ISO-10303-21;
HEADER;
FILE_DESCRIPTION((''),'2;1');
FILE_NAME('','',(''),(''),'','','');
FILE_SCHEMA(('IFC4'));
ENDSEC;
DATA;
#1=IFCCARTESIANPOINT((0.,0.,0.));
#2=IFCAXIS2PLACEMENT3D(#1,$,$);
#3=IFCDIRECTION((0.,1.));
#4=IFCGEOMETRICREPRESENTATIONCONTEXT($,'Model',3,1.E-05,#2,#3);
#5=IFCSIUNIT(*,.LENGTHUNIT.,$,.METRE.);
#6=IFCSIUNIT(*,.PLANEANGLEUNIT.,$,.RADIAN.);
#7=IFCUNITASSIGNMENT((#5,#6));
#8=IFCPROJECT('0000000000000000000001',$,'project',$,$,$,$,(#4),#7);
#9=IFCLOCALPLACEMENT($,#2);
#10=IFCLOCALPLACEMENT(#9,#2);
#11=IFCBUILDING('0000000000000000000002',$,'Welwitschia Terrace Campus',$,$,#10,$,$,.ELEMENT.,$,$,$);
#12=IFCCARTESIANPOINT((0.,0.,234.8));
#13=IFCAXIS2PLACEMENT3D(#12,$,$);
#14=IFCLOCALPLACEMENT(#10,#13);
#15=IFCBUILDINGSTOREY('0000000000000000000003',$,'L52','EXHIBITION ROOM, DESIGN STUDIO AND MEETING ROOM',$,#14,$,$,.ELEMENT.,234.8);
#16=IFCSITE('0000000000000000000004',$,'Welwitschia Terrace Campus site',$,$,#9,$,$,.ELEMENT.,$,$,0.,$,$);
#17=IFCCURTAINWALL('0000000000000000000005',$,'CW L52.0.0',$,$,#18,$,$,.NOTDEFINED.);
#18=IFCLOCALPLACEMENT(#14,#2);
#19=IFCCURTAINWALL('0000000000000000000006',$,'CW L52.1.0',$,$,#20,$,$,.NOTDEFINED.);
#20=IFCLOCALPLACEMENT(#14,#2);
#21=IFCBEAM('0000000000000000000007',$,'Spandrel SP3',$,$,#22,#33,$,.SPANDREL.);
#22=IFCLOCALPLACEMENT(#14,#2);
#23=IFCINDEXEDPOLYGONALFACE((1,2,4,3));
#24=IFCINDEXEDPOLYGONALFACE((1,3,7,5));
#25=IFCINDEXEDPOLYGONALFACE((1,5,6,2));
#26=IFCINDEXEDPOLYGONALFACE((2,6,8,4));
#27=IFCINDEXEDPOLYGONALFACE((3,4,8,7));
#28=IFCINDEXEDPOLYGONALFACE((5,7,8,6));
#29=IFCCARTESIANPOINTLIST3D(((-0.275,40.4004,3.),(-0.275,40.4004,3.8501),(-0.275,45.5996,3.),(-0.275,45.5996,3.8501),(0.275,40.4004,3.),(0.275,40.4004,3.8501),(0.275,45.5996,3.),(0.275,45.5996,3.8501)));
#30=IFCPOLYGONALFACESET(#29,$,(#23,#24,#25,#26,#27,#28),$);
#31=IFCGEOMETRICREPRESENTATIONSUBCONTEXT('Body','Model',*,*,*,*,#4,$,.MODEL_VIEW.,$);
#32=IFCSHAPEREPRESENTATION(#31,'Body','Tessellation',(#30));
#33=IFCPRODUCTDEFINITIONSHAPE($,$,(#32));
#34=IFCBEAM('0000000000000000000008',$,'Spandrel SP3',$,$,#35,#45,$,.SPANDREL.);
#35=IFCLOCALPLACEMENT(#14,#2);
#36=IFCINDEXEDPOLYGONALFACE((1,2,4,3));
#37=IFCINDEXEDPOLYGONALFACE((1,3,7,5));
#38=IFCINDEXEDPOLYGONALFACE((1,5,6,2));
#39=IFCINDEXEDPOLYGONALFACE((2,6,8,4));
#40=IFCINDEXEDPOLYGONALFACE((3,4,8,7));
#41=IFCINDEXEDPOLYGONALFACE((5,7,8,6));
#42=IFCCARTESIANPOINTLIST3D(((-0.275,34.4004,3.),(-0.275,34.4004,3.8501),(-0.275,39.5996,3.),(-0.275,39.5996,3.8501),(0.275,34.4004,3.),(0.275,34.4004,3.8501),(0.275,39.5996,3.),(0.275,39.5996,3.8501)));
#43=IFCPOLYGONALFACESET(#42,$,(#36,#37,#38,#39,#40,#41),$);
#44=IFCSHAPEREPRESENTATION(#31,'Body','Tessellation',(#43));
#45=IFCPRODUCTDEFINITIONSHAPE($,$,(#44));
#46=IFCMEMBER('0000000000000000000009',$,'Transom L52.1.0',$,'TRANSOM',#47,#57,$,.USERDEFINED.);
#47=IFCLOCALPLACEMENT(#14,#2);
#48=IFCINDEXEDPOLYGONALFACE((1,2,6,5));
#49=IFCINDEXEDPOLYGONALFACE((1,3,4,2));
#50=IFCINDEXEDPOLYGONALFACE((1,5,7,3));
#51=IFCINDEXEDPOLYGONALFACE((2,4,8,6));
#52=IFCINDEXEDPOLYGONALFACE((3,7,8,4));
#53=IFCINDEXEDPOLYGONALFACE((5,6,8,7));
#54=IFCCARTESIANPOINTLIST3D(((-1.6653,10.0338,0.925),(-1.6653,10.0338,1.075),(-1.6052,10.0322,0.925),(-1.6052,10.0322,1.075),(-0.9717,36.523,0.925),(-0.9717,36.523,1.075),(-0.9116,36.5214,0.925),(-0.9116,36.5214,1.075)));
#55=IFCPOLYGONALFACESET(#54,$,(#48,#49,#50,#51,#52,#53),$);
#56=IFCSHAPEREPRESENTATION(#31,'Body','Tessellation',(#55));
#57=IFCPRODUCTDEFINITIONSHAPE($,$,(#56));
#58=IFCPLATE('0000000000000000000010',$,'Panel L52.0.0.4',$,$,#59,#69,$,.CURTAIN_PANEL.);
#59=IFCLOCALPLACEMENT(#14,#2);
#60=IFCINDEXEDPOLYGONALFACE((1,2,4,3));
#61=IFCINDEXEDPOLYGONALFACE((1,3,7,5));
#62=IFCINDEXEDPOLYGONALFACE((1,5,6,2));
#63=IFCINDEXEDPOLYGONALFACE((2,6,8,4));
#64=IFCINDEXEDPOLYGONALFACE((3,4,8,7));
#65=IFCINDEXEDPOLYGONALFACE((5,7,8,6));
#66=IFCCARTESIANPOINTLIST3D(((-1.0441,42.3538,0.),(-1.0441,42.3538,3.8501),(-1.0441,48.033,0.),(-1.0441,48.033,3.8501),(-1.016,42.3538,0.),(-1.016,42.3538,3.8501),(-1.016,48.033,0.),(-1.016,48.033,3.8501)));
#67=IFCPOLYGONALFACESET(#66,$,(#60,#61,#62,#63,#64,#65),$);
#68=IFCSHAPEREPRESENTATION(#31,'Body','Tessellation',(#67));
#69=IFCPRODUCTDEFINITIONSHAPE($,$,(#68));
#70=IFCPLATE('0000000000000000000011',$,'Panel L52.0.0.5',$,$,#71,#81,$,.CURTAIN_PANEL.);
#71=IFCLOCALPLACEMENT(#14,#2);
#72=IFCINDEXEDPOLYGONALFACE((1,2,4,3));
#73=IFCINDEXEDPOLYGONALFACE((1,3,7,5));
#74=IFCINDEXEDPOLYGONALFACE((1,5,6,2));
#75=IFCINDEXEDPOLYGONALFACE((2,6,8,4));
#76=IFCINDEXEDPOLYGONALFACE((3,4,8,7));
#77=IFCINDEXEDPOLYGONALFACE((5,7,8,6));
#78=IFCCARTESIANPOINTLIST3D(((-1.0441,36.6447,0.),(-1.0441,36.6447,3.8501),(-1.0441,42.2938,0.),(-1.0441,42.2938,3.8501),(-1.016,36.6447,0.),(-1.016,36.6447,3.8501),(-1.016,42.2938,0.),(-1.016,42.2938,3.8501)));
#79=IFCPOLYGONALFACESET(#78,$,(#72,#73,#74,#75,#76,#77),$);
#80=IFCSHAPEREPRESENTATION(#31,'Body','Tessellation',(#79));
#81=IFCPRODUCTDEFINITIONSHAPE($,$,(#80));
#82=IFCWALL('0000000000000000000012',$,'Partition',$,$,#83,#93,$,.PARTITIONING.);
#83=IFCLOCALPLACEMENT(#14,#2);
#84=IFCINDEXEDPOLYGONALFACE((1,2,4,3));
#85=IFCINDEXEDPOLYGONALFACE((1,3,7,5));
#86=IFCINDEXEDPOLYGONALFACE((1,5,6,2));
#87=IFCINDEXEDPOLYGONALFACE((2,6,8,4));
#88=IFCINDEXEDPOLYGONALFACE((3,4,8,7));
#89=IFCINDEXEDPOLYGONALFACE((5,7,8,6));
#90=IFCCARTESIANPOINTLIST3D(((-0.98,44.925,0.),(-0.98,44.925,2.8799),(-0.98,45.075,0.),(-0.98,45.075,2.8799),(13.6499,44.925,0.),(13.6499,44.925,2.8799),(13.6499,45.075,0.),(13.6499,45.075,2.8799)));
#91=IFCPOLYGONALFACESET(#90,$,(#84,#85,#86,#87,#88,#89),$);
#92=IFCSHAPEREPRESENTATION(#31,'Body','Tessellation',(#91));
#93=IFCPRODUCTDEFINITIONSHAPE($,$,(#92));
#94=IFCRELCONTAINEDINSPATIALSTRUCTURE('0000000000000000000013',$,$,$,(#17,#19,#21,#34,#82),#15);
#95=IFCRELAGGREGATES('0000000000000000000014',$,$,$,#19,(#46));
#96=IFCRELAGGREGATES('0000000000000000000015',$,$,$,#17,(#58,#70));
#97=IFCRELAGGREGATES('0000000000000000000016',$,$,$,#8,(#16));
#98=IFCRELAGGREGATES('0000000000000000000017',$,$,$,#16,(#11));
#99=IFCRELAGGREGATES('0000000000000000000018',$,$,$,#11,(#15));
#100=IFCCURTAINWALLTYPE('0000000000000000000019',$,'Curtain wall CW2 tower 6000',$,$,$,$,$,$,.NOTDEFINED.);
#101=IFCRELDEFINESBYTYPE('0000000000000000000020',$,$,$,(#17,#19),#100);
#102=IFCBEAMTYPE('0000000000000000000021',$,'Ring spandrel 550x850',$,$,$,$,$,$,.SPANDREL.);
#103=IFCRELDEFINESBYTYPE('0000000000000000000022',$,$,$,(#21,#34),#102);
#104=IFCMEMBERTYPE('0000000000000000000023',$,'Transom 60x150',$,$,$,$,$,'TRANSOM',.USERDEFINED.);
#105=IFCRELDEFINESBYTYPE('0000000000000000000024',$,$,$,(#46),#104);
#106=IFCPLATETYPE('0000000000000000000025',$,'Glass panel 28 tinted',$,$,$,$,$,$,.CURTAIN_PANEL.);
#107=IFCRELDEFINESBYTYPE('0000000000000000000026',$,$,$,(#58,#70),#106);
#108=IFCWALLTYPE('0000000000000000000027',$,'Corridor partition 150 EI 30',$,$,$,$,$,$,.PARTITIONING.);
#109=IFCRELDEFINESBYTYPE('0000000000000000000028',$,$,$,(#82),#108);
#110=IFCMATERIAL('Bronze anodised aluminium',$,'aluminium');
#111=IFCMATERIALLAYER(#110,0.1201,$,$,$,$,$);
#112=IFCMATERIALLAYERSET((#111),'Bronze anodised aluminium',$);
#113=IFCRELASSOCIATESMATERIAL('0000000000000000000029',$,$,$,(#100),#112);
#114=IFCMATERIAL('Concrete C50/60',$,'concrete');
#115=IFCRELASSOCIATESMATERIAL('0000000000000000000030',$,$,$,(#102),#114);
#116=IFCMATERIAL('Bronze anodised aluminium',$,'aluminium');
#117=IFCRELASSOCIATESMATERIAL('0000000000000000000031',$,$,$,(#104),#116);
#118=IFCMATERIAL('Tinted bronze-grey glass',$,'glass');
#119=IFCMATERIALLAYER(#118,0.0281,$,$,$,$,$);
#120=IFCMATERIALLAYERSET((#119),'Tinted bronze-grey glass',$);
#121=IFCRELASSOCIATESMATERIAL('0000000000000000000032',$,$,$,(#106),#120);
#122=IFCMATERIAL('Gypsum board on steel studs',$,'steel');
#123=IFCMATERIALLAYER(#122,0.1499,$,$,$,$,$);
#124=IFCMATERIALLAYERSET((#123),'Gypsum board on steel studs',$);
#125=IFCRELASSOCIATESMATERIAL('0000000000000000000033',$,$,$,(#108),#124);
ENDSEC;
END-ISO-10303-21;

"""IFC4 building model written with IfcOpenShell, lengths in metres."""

from ifc_helpers import new_model, si_unit, direction, frame, frame_2d, origin, origin_2d, place, context, subcontext, project, spatial, rectangle, extrude, material, layer, layer_set, material_profile, profile_set, type_object, element, aggregate, save


model = new_model("IFC4")

# Units and contexts
model_context = context("Model", 3, precision=1e-05, world=origin(), true_north=direction((0.0, 1.0)))
body_context = subcontext(model_context, "Body", "Model", "MODEL_VIEW")
ifc_project = project(units=[si_unit("LENGTHUNIT", "METRE"), si_unit("PLANEANGLEUNIT", "RADIAN")], contexts=[model_context])

# Site, building, storey
site_placement = place(None, origin())
site = spatial("IfcSite", under=ifc_project, at=site_placement, Name="Welwitschia Terrace Campus site", CompositionType="ELEMENT", RefElevation=0.0)
building_placement = place(site_placement, origin())
building = spatial("IfcBuilding", under=site, at=building_placement, Name="Welwitschia Terrace Campus", CompositionType="ELEMENT")
storey_placement = place(building_placement, frame((0.0, 0.0, 234.8)))
storey = spatial("IfcBuildingStorey", under=building, at=storey_placement, Name="L52", Description="EXHIBITION ROOM, DESIGN STUDIO AND MEETING ROOM", CompositionType="ELEMENT", Elevation=234.8)

# Curtain wall
ifc_material_1 = material(Name="Bronze anodised aluminium", Category="aluminium")
ifc_layer_1 = layer(ifc_material_1, 0.1201)
ifc_layer_set_1 = layer_set([ifc_layer_1], Name="Bronze anodised aluminium")
curtain_wall_type = type_object("IfcCurtainWallType", Name="Curtain wall CW2 tower 6000", PredefinedType="NOTDEFINED", material=ifc_layer_set_1)
curtain_wall_1_placement = place(storey_placement, origin())
curtain_wall_1 = element("IfcCurtainWall", 1, at=curtain_wall_1_placement, inside=storey, type_object=curtain_wall_type, Name="CW L52.0.0", PredefinedType="NOTDEFINED")

# Curtain wall
curtain_wall_2_placement = place(storey_placement, origin())
curtain_wall_2 = element("IfcCurtainWall", 2, at=curtain_wall_2_placement, inside=storey, type_object=curtain_wall_type, Name="CW L52.1.0", PredefinedType="NOTDEFINED")

# Beams
ifc_material_2 = material(Name="Concrete C50/60", Category="concrete")
ifc_material_profile_1 = material_profile(ifc_material_2, rectangle(XDim=0.55, YDim=0.8501, at=origin_2d()))
ifc_profile_set_1 = profile_set([ifc_material_profile_1], Name="Concrete C50/60")
beam_type_1 = type_object("IfcBeamType", Name="Ring spandrel 550x850", PredefinedType="SPANDREL", material=ifc_profile_set_1)
for number, where, z_axis, x_axis, name in (
    (3, (0.0, 45.5996, 3.425), (0.0, -1.0, 0.0), (1.0, 0.0, 0.0), "Spandrel SP3"),
    (4, (0.0, 39.5996, 3.425), (0.0, -1.0, 0.0), (1.0, 0.0, 0.0), "Spandrel SP3"),
):
    element("IfcBeam", number, at=place(storey_placement, frame(where, z_axis=z_axis, x_axis=x_axis)), inside=storey, type_object=beam_type_1, Name=name, PredefinedType="SPANDREL", context=body_context, shape_type="SweptSolid", body=[
        extrude(rectangle(XDim=0.55, YDim=0.8501, at=origin_2d()), origin(), (0.0, 0.0, 1.0), 5.1992),
    ])

# Member
ifc_material_3 = material(Name="Bronze anodised aluminium", Category="aluminium")
ifc_material_profile_2 = material_profile(ifc_material_3, rectangle(XDim=0.0601, YDim=0.1499, at=origin_2d()))
ifc_profile_set_2 = profile_set([ifc_material_profile_2], Name="Bronze anodised aluminium")
member_type_1 = type_object("IfcMemberType", Name="Transom 60x150", ElementType="TRANSOM", PredefinedType="USERDEFINED", material=ifc_profile_set_2)
member_1_placement = place(storey_placement, frame((-0.9417, 36.5222, 1.0), z_axis=(-0.026175, -0.999657, 0.0), x_axis=(0.999657, -0.026175, 0.0)))
member_1 = element("IfcMember", 5, at=member_1_placement, type_object=member_type_1, Name="Transom L52.1.0", ObjectType="TRANSOM", PredefinedType="USERDEFINED", context=body_context, shape_type="SweptSolid", body=[
    extrude(rectangle(XDim=0.0601, YDim=0.1499, at=origin_2d()), origin(), (0.0, 0.0, 1.0), 26.4983),
])
aggregate(curtain_wall_2, [member_1])

# Plates
ifc_material_4 = material(Name="Tinted bronze-grey glass", Category="glass")
ifc_layer_2 = layer(ifc_material_4, 0.0281)
ifc_layer_set_2 = layer_set([ifc_layer_2], Name="Tinted bronze-grey glass")
plate_type = type_object("IfcPlateType", Name="Glass panel 28 tinted", PredefinedType="CURTAIN_PANEL", material=ifc_layer_set_2)
plate_1_placement = place(storey_placement, frame((-1.03, 45.1934, 0.0), z_axis=(0.0, 0.0, 1.0), x_axis=(0.0, -1.0, 0.0)))
plate_1 = element("IfcPlate", 6, at=plate_1_placement, type_object=plate_type, Name="Panel L52.0.0.4", PredefinedType="CURTAIN_PANEL", context=body_context, shape_type="SweptSolid", body=[
    extrude(rectangle(XDim=5.6792, YDim=0.0281, at=origin_2d()), origin(), (0.0, 0.0, 1.0), 3.8501),
])
plate_2_placement = place(storey_placement, frame((-1.03, 39.4692, 0.0), z_axis=(0.0, 0.0, 1.0), x_axis=(0.0, -1.0, 0.0)))
plate_2 = element("IfcPlate", 7, at=plate_2_placement, type_object=plate_type, Name="Panel L52.0.0.5", PredefinedType="CURTAIN_PANEL", context=body_context, shape_type="SweptSolid", body=[
    extrude(rectangle(XDim=5.6492, YDim=0.0281, at=origin_2d()), origin(), (0.0, 0.0, 1.0), 3.8501),
])
aggregate(curtain_wall_1, [plate_1, plate_2])

# Wall
ifc_material_5 = material(Name="Gypsum board on steel studs", Category="steel")
ifc_layer_3 = layer(ifc_material_5, 0.1499)
ifc_layer_set_3 = layer_set([ifc_layer_3], Name="Gypsum board on steel studs")
wall_type = type_object("IfcWallType", Name="Corridor partition 150 EI 30", PredefinedType="PARTITIONING", material=ifc_layer_set_3)
wall_placement = place(storey_placement, frame((-0.98, 45.0, 0.0), z_axis=(0.0, 0.0, 1.0), x_axis=(1.0, 0.0, 0.0)))
element("IfcWall", 8, at=wall_placement, inside=storey, type_object=wall_type, Name="Partition", PredefinedType="PARTITIONING", context=body_context, shape_type="SweptSolid", body=[
    extrude(rectangle(XDim=14.6299, YDim=0.1499, at=frame_2d((7.3149, 0.0))), origin(), (0.0, 0.0, 1.0), 2.8799),
])

save(model, "model.ifc")
